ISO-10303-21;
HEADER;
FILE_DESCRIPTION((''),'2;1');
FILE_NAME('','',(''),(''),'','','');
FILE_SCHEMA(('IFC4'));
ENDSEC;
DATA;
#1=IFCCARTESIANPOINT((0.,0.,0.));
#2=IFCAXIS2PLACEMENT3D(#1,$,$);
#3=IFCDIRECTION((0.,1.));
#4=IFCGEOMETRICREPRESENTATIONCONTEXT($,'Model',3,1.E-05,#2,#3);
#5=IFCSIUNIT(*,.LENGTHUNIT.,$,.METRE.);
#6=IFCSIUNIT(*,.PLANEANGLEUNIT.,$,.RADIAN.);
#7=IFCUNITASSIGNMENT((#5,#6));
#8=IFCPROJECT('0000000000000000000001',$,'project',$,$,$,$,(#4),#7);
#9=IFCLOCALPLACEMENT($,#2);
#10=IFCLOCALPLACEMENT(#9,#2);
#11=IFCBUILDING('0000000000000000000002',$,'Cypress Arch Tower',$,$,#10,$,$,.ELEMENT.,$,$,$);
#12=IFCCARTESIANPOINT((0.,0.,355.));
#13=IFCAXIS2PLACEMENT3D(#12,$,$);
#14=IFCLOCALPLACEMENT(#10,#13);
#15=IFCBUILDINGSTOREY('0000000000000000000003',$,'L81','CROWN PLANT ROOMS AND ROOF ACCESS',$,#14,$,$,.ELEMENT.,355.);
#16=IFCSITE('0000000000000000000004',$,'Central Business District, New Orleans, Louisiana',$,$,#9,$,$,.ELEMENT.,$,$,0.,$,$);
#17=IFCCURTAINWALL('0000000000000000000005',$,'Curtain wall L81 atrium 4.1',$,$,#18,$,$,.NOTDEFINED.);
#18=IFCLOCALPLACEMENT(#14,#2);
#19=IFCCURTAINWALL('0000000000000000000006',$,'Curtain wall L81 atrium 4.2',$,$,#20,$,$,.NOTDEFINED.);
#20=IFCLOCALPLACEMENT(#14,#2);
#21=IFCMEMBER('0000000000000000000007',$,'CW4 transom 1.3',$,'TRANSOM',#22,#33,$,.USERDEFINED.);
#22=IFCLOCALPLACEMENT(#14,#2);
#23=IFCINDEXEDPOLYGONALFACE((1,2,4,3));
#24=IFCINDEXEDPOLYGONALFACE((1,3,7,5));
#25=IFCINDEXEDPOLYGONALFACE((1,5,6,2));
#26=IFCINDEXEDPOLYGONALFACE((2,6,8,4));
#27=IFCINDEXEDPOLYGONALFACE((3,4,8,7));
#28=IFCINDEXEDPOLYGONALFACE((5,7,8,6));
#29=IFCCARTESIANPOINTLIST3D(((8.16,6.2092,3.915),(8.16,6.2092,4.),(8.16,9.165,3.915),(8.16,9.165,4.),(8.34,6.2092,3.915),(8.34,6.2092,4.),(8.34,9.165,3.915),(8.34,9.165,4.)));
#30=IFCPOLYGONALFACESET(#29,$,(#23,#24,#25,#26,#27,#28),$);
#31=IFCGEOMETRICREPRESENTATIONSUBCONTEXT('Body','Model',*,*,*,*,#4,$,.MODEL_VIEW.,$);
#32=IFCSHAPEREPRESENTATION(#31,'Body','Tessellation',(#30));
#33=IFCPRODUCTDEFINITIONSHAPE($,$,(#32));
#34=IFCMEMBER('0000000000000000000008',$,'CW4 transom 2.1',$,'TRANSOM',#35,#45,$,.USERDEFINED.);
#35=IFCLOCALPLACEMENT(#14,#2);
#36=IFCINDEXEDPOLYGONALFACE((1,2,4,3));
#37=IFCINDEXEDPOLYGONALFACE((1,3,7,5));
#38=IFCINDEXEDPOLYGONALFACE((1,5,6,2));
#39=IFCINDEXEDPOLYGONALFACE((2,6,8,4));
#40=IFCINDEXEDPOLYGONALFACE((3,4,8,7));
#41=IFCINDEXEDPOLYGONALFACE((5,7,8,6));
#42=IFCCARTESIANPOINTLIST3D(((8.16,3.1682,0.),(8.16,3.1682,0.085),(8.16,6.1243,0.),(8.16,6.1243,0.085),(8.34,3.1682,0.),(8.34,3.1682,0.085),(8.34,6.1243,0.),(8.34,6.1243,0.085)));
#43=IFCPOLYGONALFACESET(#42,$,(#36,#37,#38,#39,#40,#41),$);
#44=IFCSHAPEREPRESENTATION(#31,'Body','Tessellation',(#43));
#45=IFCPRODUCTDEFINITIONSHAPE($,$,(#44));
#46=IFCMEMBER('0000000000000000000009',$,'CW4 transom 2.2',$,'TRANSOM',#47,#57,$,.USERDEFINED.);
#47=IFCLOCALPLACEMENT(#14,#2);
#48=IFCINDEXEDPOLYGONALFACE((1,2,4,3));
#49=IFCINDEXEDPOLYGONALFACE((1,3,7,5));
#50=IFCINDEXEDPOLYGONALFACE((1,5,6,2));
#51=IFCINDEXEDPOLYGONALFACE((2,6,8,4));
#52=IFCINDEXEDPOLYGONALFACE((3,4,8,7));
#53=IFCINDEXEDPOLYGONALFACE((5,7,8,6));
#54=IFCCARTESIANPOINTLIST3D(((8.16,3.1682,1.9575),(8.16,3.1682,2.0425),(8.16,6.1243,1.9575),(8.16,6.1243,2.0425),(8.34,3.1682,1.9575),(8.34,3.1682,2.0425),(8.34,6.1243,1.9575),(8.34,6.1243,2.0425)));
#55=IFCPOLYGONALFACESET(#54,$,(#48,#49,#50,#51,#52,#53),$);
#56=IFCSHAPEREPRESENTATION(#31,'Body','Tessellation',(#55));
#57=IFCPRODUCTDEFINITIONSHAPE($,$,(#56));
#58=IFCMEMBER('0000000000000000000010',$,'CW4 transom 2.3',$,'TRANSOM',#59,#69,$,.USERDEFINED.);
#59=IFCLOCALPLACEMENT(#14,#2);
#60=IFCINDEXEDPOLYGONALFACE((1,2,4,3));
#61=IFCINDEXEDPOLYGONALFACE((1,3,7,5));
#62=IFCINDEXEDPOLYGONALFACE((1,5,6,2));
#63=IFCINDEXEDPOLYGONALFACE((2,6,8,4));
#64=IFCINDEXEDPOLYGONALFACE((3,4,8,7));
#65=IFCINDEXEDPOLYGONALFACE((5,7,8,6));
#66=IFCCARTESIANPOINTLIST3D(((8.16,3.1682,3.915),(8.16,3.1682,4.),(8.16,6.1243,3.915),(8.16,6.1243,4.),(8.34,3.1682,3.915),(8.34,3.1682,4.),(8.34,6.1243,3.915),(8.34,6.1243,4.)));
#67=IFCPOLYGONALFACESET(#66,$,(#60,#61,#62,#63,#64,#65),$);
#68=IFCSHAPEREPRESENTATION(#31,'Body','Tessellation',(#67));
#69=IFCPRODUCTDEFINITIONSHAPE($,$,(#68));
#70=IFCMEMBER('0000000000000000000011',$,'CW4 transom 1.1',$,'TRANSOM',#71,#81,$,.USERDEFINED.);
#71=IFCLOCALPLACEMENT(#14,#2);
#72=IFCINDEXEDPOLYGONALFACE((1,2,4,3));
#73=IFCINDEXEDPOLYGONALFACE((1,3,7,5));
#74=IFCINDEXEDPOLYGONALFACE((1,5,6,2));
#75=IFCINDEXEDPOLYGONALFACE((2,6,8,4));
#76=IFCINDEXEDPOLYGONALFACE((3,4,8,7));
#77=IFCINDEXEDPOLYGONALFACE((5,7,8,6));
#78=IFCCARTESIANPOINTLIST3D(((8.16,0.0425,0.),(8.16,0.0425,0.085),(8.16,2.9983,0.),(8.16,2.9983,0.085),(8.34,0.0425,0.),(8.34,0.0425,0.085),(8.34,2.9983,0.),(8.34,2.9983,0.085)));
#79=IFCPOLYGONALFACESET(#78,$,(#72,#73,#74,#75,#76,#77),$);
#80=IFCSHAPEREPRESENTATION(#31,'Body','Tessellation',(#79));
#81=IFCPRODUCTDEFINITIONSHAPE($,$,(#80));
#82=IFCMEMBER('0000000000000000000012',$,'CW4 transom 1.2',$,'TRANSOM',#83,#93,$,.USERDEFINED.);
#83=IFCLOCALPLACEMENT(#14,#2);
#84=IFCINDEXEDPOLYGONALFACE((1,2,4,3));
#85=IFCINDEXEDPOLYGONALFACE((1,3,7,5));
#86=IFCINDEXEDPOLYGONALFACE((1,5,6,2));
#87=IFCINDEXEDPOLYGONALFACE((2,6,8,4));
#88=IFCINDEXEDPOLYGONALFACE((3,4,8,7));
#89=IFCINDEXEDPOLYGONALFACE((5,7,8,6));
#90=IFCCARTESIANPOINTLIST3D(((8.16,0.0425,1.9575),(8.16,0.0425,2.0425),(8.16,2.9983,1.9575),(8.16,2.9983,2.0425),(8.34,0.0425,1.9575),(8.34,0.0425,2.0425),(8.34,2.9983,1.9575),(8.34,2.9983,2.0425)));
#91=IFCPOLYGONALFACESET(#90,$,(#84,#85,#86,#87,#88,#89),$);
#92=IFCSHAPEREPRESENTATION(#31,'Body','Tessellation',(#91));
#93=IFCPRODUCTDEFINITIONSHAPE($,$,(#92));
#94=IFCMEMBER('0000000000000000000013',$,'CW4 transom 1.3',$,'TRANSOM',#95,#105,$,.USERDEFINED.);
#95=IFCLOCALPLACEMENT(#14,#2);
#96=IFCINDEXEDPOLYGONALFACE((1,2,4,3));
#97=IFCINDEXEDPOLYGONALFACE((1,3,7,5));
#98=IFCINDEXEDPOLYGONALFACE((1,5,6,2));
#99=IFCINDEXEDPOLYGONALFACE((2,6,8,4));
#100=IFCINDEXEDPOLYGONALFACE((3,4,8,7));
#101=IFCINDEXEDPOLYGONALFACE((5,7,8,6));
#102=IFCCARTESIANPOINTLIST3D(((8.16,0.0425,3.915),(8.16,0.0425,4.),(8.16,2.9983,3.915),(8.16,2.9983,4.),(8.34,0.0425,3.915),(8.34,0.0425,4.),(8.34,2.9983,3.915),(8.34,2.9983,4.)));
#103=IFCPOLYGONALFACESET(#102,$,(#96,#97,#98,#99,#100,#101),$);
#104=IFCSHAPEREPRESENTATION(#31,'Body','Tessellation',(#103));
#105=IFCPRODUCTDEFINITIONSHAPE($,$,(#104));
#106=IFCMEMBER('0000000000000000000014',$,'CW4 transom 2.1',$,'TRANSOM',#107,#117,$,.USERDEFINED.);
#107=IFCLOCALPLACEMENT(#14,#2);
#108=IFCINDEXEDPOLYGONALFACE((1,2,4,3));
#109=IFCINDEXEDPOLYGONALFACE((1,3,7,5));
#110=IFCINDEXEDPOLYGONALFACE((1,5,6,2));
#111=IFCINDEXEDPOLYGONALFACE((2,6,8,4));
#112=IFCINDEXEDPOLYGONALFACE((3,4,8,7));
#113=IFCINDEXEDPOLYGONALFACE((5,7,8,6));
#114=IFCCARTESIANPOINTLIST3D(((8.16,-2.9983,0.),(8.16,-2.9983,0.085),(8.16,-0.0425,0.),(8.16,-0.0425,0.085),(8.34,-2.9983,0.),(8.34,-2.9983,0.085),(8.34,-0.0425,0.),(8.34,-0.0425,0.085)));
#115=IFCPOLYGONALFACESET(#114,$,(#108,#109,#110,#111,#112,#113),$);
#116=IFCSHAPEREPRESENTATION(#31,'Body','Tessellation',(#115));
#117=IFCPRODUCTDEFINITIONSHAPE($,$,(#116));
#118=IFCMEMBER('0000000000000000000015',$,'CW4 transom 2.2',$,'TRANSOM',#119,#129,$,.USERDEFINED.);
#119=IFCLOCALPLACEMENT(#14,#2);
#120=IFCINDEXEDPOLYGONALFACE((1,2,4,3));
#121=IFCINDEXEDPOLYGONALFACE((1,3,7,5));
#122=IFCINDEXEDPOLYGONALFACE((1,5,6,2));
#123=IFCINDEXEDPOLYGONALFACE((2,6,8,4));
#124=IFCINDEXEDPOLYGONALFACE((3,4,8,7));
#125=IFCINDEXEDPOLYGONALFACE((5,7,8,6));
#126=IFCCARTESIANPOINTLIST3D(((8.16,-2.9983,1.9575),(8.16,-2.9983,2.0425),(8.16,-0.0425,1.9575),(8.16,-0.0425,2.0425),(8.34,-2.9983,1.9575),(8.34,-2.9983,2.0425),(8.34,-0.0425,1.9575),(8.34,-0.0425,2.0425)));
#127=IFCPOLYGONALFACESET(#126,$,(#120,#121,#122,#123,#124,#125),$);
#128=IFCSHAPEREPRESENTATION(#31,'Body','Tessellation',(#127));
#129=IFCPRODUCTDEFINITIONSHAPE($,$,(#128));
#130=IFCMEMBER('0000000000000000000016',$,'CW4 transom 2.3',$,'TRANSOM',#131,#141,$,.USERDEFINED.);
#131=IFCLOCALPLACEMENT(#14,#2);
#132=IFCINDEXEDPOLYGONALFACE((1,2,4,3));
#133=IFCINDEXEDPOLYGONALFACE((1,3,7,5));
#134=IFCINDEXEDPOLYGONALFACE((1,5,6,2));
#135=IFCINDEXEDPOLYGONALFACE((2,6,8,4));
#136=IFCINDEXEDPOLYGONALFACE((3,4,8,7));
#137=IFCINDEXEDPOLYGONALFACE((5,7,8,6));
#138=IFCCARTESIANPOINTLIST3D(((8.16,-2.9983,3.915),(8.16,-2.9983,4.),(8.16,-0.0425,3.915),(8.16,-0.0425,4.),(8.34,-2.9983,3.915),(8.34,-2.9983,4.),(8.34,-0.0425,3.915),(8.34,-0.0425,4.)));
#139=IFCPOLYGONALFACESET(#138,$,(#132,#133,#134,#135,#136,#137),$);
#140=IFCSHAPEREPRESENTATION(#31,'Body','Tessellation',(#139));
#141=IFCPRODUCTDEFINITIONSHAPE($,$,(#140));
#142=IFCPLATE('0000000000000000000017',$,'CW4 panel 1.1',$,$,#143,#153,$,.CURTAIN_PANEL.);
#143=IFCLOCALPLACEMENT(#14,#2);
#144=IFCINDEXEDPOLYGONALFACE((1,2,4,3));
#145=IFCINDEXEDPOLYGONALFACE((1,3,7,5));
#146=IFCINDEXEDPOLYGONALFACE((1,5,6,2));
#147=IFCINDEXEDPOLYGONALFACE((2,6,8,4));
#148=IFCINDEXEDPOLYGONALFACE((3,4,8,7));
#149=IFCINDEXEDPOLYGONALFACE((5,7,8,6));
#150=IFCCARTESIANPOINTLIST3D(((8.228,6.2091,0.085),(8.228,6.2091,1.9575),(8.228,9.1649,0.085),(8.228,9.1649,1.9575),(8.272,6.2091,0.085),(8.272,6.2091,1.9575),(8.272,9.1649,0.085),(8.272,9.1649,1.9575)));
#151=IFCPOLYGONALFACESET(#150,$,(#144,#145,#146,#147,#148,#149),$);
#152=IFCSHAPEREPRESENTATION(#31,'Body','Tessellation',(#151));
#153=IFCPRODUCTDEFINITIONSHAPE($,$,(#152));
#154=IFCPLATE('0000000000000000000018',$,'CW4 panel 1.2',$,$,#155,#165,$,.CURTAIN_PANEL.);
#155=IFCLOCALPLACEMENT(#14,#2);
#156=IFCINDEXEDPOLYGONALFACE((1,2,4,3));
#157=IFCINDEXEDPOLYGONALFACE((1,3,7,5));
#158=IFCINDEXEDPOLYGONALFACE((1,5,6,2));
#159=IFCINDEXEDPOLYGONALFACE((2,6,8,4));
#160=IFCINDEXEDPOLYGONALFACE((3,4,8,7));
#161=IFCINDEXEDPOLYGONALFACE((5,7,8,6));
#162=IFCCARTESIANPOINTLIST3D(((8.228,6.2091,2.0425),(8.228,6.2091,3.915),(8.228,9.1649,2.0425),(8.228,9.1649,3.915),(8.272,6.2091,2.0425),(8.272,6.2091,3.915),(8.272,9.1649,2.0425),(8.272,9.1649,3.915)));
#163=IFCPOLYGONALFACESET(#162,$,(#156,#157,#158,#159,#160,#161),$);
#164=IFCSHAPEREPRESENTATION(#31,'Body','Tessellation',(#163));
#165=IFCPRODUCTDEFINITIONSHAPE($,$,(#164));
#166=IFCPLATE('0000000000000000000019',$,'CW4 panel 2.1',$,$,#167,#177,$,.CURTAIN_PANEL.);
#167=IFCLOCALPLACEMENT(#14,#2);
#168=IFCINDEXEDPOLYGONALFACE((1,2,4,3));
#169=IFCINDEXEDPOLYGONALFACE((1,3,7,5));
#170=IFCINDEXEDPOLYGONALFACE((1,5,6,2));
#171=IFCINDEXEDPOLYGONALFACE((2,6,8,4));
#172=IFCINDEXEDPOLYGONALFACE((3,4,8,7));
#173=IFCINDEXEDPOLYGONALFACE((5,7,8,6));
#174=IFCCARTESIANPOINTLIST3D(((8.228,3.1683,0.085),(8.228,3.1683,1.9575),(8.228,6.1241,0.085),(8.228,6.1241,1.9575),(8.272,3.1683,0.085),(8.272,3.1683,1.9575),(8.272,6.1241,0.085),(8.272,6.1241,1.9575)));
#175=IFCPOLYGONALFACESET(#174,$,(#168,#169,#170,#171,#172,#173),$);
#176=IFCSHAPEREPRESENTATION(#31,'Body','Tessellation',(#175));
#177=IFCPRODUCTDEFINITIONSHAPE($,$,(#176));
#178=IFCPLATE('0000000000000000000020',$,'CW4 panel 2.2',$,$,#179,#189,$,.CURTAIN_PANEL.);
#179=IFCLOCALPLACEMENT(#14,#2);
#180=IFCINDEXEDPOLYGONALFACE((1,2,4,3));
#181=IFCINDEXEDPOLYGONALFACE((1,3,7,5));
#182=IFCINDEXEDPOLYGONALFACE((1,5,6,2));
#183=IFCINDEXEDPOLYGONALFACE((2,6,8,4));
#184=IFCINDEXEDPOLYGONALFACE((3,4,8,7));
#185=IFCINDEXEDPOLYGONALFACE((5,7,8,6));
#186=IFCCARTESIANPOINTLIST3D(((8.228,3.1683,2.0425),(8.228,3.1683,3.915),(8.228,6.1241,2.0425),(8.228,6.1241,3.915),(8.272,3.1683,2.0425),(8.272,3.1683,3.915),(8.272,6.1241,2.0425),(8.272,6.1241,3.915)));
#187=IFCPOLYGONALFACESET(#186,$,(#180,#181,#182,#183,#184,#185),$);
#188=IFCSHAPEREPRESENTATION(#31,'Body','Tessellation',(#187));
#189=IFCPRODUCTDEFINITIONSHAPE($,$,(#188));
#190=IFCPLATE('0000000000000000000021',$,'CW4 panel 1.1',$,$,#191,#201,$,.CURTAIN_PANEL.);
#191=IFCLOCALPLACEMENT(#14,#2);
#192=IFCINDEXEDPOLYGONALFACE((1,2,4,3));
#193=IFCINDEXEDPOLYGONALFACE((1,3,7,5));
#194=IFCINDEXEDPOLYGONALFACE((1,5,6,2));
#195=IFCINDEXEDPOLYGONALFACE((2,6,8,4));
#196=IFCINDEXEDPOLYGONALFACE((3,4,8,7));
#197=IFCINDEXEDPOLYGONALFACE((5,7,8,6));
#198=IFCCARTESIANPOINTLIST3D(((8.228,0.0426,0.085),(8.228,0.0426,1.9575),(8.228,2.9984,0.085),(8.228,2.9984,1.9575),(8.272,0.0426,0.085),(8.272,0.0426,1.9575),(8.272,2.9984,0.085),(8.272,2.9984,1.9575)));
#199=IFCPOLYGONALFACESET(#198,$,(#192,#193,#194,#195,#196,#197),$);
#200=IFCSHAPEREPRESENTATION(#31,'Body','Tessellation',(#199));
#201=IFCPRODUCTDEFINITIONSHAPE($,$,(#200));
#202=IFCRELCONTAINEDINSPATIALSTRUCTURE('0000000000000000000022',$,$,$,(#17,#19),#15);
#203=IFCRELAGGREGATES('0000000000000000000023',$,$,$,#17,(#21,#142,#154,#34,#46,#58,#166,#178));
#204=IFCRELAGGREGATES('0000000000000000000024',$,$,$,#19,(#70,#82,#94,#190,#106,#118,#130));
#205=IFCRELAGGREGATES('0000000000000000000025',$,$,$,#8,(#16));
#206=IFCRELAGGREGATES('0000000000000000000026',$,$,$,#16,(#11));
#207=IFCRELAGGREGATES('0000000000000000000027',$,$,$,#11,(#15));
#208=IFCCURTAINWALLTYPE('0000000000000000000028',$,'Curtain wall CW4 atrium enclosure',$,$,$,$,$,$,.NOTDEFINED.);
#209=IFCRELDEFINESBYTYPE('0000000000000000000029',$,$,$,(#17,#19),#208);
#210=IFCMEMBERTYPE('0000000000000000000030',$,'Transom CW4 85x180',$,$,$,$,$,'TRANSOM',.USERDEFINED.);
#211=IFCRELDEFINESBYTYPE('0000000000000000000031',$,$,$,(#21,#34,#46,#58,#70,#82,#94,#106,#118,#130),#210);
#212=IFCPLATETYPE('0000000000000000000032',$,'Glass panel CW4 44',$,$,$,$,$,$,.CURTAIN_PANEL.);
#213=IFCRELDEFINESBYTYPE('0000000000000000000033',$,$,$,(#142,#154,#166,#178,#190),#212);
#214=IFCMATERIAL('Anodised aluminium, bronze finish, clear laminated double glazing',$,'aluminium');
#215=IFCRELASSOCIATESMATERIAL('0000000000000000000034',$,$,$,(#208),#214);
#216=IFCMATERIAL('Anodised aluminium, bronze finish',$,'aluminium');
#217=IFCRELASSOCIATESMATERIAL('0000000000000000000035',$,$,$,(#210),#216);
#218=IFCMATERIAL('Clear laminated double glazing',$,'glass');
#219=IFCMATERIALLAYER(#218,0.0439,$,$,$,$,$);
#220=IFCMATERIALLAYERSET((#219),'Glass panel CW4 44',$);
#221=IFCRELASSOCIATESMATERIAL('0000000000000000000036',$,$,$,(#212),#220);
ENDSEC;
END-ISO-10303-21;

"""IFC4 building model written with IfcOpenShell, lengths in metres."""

from ifc_helpers import new_model, si_unit, direction, frame, origin, origin_2d, place, context, subcontext, project, spatial, rectangle, extrude, material, layer, layer_set, material_profile, profile_set, type_object, element, aggregate, save


model = new_model("IFC4")

# Units and contexts
model_context = context("Model", 3, precision=1e-05, world=origin(), true_north=direction((0.0, 1.0)))
body_context = subcontext(model_context, "Body", "Model", "MODEL_VIEW")
ifc_project = project(units=[si_unit("LENGTHUNIT", "METRE"), si_unit("PLANEANGLEUNIT", "RADIAN")], contexts=[model_context])

# Site, building, storey
site_placement = place(None, origin())
site = spatial("IfcSite", under=ifc_project, at=site_placement, Name="Central Business District, New Orleans, Louisiana", CompositionType="ELEMENT", RefElevation=0.0)
building_placement = place(site_placement, origin())
building = spatial("IfcBuilding", under=site, at=building_placement, Name="Cypress Arch Tower", CompositionType="ELEMENT")
storey_placement = place(building_placement, frame((0.0, 0.0, 355.0)))
storey = spatial("IfcBuildingStorey", under=building, at=storey_placement, Name="L81", Description="CROWN PLANT ROOMS AND ROOF ACCESS", CompositionType="ELEMENT", Elevation=355.0)

# Shared definitions
ifc_material_1 = material(Name="Anodised aluminium, bronze finish, clear laminated double glazing", Category="aluminium")
curtain_wall_type = type_object("IfcCurtainWallType", Name="Curtain wall CW4 atrium enclosure", PredefinedType="NOTDEFINED", material=ifc_material_1)

# Curtain walls
curtain_wall_1_placement = place(storey_placement, origin())
curtain_wall_1 = element("IfcCurtainWall", 1, at=curtain_wall_1_placement, inside=storey, type_object=curtain_wall_type, Name="Curtain wall L81 atrium 4.1", PredefinedType="NOTDEFINED")
curtain_wall_2_placement = place(storey_placement, origin())
curtain_wall_2 = element("IfcCurtainWall", 2, at=curtain_wall_2_placement, inside=storey, type_object=curtain_wall_type, Name="Curtain wall L81 atrium 4.2", PredefinedType="NOTDEFINED")

# Members
ifc_material_2 = material(Name="Anodised aluminium, bronze finish", Category="aluminium")
ifc_material_profile_1 = material_profile(ifc_material_2, rectangle(XDim=0.1799, YDim=0.085, at=origin_2d()), Name="Transom 85x180")
ifc_profile_set_1 = profile_set([ifc_material_profile_1], Name="Anodised aluminium, bronze finish")
member_type_1 = type_object("IfcMemberType", Name="Transom CW4 85x180", ElementType="TRANSOM", PredefinedType="USERDEFINED", material=ifc_profile_set_1)
member_1_placement = place(storey_placement, frame((8.25, 9.165, 3.9575), z_axis=(0.0, -1.0, 0.0), x_axis=(1.0, 0.0, 0.0)))
member_1 = element("IfcMember", 3, at=member_1_placement, type_object=member_type_1, Name="CW4 transom 1.3", ObjectType="TRANSOM", PredefinedType="USERDEFINED", context=body_context, shape_type="SweptSolid", body=[
    extrude(rectangle(XDim=0.1799, YDim=0.085, at=origin_2d()), origin(), (0.0, 0.0, 1.0), 2.9558),
])
member_2_placement = place(storey_placement, frame((8.25, 6.1243, 0.0425), z_axis=(0.0, -1.0, 0.0), x_axis=(1.0, 0.0, 0.0)))
member_2 = element("IfcMember", 4, at=member_2_placement, type_object=member_type_1, Name="CW4 transom 2.1", ObjectType="TRANSOM", PredefinedType="USERDEFINED", context=body_context, shape_type="SweptSolid", body=[
    extrude(rectangle(XDim=0.1799, YDim=0.085, at=origin_2d()), origin(), (0.0, 0.0, 1.0), 2.9561),
])
member_3_placement = place(storey_placement, frame((8.25, 6.1243, 2.0), z_axis=(0.0, -1.0, 0.0), x_axis=(1.0, 0.0, 0.0)))
member_3 = element("IfcMember", 5, at=member_3_placement, type_object=member_type_1, Name="CW4 transom 2.2", ObjectType="TRANSOM", PredefinedType="USERDEFINED", context=body_context, shape_type="SweptSolid", body=[
    extrude(rectangle(XDim=0.1799, YDim=0.085, at=origin_2d()), origin(), (0.0, 0.0, 1.0), 2.9561),
])
member_4_placement = place(storey_placement, frame((8.25, 6.1243, 3.9575), z_axis=(0.0, -1.0, 0.0), x_axis=(1.0, 0.0, 0.0)))
member_4 = element("IfcMember", 6, at=member_4_placement, type_object=member_type_1, Name="CW4 transom 2.3", ObjectType="TRANSOM", PredefinedType="USERDEFINED", context=body_context, shape_type="SweptSolid", body=[
    extrude(rectangle(XDim=0.1799, YDim=0.085, at=origin_2d()), origin(), (0.0, 0.0, 1.0), 2.9561),
])
member_5_placement = place(storey_placement, frame((8.25, 2.9983, 0.0425), z_axis=(0.0, -1.0, 0.0), x_axis=(1.0, 0.0, 0.0)))
member_5 = element("IfcMember", 7, at=member_5_placement, type_object=member_type_1, Name="CW4 transom 1.1", ObjectType="TRANSOM", PredefinedType="USERDEFINED", context=body_context, shape_type="SweptSolid", body=[
    extrude(rectangle(XDim=0.1799, YDim=0.085, at=origin_2d()), origin(), (0.0, 0.0, 1.0), 2.9558),
])
member_6_placement = place(storey_placement, frame((8.25, 2.9983, 2.0), z_axis=(0.0, -1.0, 0.0), x_axis=(1.0, 0.0, 0.0)))
member_6 = element("IfcMember", 8, at=member_6_placement, type_object=member_type_1, Name="CW4 transom 1.2", ObjectType="TRANSOM", PredefinedType="USERDEFINED", context=body_context, shape_type="SweptSolid", body=[
    extrude(rectangle(XDim=0.1799, YDim=0.085, at=origin_2d()), origin(), (0.0, 0.0, 1.0), 2.9558),
])
member_7_placement = place(storey_placement, frame((8.25, 2.9983, 3.9575), z_axis=(0.0, -1.0, 0.0), x_axis=(1.0, 0.0, 0.0)))
member_7 = element("IfcMember", 9, at=member_7_placement, type_object=member_type_1, Name="CW4 transom 1.3", ObjectType="TRANSOM", PredefinedType="USERDEFINED", context=body_context, shape_type="SweptSolid", body=[
    extrude(rectangle(XDim=0.1799, YDim=0.085, at=origin_2d()), origin(), (0.0, 0.0, 1.0), 2.9558),
])
member_8_placement = place(storey_placement, frame((8.25, -0.0425, 0.0425), z_axis=(0.0, -1.0, 0.0), x_axis=(1.0, 0.0, 0.0)))
member_8 = element("IfcMember", 10, at=member_8_placement, type_object=member_type_1, Name="CW4 transom 2.1", ObjectType="TRANSOM", PredefinedType="USERDEFINED", context=body_context, shape_type="SweptSolid", body=[
    extrude(rectangle(XDim=0.1799, YDim=0.085, at=origin_2d()), origin(), (0.0, 0.0, 1.0), 2.9558),
])
member_9_placement = place(storey_placement, frame((8.25, -0.0425, 2.0), z_axis=(0.0, -1.0, 0.0), x_axis=(1.0, 0.0, 0.0)))
member_9 = element("IfcMember", 11, at=member_9_placement, type_object=member_type_1, Name="CW4 transom 2.2", ObjectType="TRANSOM", PredefinedType="USERDEFINED", context=body_context, shape_type="SweptSolid", body=[
    extrude(rectangle(XDim=0.1799, YDim=0.085, at=origin_2d()), origin(), (0.0, 0.0, 1.0), 2.9558),
])
member_10_placement = place(storey_placement, frame((8.25, -0.0425, 3.9575), z_axis=(0.0, -1.0, 0.0), x_axis=(1.0, 0.0, 0.0)))
member_10 = element("IfcMember", 12, at=member_10_placement, type_object=member_type_1, Name="CW4 transom 2.3", ObjectType="TRANSOM", PredefinedType="USERDEFINED", context=body_context, shape_type="SweptSolid", body=[
    extrude(rectangle(XDim=0.1799, YDim=0.085, at=origin_2d()), origin(), (0.0, 0.0, 1.0), 2.9558),
])

# Plates
ifc_material_3 = material(Name="Clear laminated double glazing", Category="glass")
ifc_layer_1 = layer(ifc_material_3, 0.0439)
ifc_layer_set_1 = layer_set([ifc_layer_1], Name="Glass panel CW4 44")
plate_type = type_object("IfcPlateType", Name="Glass panel CW4 44", PredefinedType="CURTAIN_PANEL", material=ifc_layer_set_1)
plate_1_placement = place(storey_placement, frame((8.25, 7.687, 0.085), z_axis=(0.0, 0.0, 1.0), x_axis=(0.0, -1.0, 0.0)))
plate_1 = element("IfcPlate", 13, at=plate_1_placement, type_object=plate_type, Name="CW4 panel 1.1", PredefinedType="CURTAIN_PANEL", context=body_context, shape_type="SweptSolid", body=[
    extrude(rectangle(XDim=2.9558, YDim=0.0439, at=origin_2d()), origin(), (0.0, 0.0, 1.0), 1.8726),
])
plate_2_placement = place(storey_placement, frame((8.25, 7.687, 2.0425), z_axis=(0.0, 0.0, 1.0), x_axis=(0.0, -1.0, 0.0)))
plate_2 = element("IfcPlate", 14, at=plate_2_placement, type_object=plate_type, Name="CW4 panel 1.2", PredefinedType="CURTAIN_PANEL", context=body_context, shape_type="SweptSolid", body=[
    extrude(rectangle(XDim=2.9558, YDim=0.0439, at=origin_2d()), origin(), (0.0, 0.0, 1.0), 1.8726),
])
plate_3_placement = place(storey_placement, frame((8.25, 4.6462, 0.085), z_axis=(0.0, 0.0, 1.0), x_axis=(0.0, -1.0, 0.0)))
plate_3 = element("IfcPlate", 15, at=plate_3_placement, type_object=plate_type, Name="CW4 panel 2.1", PredefinedType="CURTAIN_PANEL", context=body_context, shape_type="SweptSolid", body=[
    extrude(rectangle(XDim=2.9558, YDim=0.0439, at=origin_2d()), origin(), (0.0, 0.0, 1.0), 1.8726),
])
plate_4_placement = place(storey_placement, frame((8.25, 4.6462, 2.0425), z_axis=(0.0, 0.0, 1.0), x_axis=(0.0, -1.0, 0.0)))
plate_4 = element("IfcPlate", 16, at=plate_4_placement, type_object=plate_type, Name="CW4 panel 2.2", PredefinedType="CURTAIN_PANEL", context=body_context, shape_type="SweptSolid", body=[
    extrude(rectangle(XDim=2.9558, YDim=0.0439, at=origin_2d()), origin(), (0.0, 0.0, 1.0), 1.8726),
])
aggregate(curtain_wall_1, [member_1, plate_1, plate_2, member_2, member_3, member_4, plate_3, plate_4])
plate_5_placement = place(storey_placement, frame((8.25, 1.5205, 0.085), z_axis=(0.0, 0.0, 1.0), x_axis=(0.0, -1.0, 0.0)))
plate_5 = element("IfcPlate", 17, at=plate_5_placement, type_object=plate_type, Name="CW4 panel 1.1", PredefinedType="CURTAIN_PANEL", context=body_context, shape_type="SweptSolid", body=[
    extrude(rectangle(XDim=2.9558, YDim=0.0439, at=origin_2d()), origin(), (0.0, 0.0, 1.0), 1.8726),
])
aggregate(curtain_wall_2, [member_5, member_6, member_7, plate_5, member_8, member_9, member_10])

save(model, "model.ifc")
